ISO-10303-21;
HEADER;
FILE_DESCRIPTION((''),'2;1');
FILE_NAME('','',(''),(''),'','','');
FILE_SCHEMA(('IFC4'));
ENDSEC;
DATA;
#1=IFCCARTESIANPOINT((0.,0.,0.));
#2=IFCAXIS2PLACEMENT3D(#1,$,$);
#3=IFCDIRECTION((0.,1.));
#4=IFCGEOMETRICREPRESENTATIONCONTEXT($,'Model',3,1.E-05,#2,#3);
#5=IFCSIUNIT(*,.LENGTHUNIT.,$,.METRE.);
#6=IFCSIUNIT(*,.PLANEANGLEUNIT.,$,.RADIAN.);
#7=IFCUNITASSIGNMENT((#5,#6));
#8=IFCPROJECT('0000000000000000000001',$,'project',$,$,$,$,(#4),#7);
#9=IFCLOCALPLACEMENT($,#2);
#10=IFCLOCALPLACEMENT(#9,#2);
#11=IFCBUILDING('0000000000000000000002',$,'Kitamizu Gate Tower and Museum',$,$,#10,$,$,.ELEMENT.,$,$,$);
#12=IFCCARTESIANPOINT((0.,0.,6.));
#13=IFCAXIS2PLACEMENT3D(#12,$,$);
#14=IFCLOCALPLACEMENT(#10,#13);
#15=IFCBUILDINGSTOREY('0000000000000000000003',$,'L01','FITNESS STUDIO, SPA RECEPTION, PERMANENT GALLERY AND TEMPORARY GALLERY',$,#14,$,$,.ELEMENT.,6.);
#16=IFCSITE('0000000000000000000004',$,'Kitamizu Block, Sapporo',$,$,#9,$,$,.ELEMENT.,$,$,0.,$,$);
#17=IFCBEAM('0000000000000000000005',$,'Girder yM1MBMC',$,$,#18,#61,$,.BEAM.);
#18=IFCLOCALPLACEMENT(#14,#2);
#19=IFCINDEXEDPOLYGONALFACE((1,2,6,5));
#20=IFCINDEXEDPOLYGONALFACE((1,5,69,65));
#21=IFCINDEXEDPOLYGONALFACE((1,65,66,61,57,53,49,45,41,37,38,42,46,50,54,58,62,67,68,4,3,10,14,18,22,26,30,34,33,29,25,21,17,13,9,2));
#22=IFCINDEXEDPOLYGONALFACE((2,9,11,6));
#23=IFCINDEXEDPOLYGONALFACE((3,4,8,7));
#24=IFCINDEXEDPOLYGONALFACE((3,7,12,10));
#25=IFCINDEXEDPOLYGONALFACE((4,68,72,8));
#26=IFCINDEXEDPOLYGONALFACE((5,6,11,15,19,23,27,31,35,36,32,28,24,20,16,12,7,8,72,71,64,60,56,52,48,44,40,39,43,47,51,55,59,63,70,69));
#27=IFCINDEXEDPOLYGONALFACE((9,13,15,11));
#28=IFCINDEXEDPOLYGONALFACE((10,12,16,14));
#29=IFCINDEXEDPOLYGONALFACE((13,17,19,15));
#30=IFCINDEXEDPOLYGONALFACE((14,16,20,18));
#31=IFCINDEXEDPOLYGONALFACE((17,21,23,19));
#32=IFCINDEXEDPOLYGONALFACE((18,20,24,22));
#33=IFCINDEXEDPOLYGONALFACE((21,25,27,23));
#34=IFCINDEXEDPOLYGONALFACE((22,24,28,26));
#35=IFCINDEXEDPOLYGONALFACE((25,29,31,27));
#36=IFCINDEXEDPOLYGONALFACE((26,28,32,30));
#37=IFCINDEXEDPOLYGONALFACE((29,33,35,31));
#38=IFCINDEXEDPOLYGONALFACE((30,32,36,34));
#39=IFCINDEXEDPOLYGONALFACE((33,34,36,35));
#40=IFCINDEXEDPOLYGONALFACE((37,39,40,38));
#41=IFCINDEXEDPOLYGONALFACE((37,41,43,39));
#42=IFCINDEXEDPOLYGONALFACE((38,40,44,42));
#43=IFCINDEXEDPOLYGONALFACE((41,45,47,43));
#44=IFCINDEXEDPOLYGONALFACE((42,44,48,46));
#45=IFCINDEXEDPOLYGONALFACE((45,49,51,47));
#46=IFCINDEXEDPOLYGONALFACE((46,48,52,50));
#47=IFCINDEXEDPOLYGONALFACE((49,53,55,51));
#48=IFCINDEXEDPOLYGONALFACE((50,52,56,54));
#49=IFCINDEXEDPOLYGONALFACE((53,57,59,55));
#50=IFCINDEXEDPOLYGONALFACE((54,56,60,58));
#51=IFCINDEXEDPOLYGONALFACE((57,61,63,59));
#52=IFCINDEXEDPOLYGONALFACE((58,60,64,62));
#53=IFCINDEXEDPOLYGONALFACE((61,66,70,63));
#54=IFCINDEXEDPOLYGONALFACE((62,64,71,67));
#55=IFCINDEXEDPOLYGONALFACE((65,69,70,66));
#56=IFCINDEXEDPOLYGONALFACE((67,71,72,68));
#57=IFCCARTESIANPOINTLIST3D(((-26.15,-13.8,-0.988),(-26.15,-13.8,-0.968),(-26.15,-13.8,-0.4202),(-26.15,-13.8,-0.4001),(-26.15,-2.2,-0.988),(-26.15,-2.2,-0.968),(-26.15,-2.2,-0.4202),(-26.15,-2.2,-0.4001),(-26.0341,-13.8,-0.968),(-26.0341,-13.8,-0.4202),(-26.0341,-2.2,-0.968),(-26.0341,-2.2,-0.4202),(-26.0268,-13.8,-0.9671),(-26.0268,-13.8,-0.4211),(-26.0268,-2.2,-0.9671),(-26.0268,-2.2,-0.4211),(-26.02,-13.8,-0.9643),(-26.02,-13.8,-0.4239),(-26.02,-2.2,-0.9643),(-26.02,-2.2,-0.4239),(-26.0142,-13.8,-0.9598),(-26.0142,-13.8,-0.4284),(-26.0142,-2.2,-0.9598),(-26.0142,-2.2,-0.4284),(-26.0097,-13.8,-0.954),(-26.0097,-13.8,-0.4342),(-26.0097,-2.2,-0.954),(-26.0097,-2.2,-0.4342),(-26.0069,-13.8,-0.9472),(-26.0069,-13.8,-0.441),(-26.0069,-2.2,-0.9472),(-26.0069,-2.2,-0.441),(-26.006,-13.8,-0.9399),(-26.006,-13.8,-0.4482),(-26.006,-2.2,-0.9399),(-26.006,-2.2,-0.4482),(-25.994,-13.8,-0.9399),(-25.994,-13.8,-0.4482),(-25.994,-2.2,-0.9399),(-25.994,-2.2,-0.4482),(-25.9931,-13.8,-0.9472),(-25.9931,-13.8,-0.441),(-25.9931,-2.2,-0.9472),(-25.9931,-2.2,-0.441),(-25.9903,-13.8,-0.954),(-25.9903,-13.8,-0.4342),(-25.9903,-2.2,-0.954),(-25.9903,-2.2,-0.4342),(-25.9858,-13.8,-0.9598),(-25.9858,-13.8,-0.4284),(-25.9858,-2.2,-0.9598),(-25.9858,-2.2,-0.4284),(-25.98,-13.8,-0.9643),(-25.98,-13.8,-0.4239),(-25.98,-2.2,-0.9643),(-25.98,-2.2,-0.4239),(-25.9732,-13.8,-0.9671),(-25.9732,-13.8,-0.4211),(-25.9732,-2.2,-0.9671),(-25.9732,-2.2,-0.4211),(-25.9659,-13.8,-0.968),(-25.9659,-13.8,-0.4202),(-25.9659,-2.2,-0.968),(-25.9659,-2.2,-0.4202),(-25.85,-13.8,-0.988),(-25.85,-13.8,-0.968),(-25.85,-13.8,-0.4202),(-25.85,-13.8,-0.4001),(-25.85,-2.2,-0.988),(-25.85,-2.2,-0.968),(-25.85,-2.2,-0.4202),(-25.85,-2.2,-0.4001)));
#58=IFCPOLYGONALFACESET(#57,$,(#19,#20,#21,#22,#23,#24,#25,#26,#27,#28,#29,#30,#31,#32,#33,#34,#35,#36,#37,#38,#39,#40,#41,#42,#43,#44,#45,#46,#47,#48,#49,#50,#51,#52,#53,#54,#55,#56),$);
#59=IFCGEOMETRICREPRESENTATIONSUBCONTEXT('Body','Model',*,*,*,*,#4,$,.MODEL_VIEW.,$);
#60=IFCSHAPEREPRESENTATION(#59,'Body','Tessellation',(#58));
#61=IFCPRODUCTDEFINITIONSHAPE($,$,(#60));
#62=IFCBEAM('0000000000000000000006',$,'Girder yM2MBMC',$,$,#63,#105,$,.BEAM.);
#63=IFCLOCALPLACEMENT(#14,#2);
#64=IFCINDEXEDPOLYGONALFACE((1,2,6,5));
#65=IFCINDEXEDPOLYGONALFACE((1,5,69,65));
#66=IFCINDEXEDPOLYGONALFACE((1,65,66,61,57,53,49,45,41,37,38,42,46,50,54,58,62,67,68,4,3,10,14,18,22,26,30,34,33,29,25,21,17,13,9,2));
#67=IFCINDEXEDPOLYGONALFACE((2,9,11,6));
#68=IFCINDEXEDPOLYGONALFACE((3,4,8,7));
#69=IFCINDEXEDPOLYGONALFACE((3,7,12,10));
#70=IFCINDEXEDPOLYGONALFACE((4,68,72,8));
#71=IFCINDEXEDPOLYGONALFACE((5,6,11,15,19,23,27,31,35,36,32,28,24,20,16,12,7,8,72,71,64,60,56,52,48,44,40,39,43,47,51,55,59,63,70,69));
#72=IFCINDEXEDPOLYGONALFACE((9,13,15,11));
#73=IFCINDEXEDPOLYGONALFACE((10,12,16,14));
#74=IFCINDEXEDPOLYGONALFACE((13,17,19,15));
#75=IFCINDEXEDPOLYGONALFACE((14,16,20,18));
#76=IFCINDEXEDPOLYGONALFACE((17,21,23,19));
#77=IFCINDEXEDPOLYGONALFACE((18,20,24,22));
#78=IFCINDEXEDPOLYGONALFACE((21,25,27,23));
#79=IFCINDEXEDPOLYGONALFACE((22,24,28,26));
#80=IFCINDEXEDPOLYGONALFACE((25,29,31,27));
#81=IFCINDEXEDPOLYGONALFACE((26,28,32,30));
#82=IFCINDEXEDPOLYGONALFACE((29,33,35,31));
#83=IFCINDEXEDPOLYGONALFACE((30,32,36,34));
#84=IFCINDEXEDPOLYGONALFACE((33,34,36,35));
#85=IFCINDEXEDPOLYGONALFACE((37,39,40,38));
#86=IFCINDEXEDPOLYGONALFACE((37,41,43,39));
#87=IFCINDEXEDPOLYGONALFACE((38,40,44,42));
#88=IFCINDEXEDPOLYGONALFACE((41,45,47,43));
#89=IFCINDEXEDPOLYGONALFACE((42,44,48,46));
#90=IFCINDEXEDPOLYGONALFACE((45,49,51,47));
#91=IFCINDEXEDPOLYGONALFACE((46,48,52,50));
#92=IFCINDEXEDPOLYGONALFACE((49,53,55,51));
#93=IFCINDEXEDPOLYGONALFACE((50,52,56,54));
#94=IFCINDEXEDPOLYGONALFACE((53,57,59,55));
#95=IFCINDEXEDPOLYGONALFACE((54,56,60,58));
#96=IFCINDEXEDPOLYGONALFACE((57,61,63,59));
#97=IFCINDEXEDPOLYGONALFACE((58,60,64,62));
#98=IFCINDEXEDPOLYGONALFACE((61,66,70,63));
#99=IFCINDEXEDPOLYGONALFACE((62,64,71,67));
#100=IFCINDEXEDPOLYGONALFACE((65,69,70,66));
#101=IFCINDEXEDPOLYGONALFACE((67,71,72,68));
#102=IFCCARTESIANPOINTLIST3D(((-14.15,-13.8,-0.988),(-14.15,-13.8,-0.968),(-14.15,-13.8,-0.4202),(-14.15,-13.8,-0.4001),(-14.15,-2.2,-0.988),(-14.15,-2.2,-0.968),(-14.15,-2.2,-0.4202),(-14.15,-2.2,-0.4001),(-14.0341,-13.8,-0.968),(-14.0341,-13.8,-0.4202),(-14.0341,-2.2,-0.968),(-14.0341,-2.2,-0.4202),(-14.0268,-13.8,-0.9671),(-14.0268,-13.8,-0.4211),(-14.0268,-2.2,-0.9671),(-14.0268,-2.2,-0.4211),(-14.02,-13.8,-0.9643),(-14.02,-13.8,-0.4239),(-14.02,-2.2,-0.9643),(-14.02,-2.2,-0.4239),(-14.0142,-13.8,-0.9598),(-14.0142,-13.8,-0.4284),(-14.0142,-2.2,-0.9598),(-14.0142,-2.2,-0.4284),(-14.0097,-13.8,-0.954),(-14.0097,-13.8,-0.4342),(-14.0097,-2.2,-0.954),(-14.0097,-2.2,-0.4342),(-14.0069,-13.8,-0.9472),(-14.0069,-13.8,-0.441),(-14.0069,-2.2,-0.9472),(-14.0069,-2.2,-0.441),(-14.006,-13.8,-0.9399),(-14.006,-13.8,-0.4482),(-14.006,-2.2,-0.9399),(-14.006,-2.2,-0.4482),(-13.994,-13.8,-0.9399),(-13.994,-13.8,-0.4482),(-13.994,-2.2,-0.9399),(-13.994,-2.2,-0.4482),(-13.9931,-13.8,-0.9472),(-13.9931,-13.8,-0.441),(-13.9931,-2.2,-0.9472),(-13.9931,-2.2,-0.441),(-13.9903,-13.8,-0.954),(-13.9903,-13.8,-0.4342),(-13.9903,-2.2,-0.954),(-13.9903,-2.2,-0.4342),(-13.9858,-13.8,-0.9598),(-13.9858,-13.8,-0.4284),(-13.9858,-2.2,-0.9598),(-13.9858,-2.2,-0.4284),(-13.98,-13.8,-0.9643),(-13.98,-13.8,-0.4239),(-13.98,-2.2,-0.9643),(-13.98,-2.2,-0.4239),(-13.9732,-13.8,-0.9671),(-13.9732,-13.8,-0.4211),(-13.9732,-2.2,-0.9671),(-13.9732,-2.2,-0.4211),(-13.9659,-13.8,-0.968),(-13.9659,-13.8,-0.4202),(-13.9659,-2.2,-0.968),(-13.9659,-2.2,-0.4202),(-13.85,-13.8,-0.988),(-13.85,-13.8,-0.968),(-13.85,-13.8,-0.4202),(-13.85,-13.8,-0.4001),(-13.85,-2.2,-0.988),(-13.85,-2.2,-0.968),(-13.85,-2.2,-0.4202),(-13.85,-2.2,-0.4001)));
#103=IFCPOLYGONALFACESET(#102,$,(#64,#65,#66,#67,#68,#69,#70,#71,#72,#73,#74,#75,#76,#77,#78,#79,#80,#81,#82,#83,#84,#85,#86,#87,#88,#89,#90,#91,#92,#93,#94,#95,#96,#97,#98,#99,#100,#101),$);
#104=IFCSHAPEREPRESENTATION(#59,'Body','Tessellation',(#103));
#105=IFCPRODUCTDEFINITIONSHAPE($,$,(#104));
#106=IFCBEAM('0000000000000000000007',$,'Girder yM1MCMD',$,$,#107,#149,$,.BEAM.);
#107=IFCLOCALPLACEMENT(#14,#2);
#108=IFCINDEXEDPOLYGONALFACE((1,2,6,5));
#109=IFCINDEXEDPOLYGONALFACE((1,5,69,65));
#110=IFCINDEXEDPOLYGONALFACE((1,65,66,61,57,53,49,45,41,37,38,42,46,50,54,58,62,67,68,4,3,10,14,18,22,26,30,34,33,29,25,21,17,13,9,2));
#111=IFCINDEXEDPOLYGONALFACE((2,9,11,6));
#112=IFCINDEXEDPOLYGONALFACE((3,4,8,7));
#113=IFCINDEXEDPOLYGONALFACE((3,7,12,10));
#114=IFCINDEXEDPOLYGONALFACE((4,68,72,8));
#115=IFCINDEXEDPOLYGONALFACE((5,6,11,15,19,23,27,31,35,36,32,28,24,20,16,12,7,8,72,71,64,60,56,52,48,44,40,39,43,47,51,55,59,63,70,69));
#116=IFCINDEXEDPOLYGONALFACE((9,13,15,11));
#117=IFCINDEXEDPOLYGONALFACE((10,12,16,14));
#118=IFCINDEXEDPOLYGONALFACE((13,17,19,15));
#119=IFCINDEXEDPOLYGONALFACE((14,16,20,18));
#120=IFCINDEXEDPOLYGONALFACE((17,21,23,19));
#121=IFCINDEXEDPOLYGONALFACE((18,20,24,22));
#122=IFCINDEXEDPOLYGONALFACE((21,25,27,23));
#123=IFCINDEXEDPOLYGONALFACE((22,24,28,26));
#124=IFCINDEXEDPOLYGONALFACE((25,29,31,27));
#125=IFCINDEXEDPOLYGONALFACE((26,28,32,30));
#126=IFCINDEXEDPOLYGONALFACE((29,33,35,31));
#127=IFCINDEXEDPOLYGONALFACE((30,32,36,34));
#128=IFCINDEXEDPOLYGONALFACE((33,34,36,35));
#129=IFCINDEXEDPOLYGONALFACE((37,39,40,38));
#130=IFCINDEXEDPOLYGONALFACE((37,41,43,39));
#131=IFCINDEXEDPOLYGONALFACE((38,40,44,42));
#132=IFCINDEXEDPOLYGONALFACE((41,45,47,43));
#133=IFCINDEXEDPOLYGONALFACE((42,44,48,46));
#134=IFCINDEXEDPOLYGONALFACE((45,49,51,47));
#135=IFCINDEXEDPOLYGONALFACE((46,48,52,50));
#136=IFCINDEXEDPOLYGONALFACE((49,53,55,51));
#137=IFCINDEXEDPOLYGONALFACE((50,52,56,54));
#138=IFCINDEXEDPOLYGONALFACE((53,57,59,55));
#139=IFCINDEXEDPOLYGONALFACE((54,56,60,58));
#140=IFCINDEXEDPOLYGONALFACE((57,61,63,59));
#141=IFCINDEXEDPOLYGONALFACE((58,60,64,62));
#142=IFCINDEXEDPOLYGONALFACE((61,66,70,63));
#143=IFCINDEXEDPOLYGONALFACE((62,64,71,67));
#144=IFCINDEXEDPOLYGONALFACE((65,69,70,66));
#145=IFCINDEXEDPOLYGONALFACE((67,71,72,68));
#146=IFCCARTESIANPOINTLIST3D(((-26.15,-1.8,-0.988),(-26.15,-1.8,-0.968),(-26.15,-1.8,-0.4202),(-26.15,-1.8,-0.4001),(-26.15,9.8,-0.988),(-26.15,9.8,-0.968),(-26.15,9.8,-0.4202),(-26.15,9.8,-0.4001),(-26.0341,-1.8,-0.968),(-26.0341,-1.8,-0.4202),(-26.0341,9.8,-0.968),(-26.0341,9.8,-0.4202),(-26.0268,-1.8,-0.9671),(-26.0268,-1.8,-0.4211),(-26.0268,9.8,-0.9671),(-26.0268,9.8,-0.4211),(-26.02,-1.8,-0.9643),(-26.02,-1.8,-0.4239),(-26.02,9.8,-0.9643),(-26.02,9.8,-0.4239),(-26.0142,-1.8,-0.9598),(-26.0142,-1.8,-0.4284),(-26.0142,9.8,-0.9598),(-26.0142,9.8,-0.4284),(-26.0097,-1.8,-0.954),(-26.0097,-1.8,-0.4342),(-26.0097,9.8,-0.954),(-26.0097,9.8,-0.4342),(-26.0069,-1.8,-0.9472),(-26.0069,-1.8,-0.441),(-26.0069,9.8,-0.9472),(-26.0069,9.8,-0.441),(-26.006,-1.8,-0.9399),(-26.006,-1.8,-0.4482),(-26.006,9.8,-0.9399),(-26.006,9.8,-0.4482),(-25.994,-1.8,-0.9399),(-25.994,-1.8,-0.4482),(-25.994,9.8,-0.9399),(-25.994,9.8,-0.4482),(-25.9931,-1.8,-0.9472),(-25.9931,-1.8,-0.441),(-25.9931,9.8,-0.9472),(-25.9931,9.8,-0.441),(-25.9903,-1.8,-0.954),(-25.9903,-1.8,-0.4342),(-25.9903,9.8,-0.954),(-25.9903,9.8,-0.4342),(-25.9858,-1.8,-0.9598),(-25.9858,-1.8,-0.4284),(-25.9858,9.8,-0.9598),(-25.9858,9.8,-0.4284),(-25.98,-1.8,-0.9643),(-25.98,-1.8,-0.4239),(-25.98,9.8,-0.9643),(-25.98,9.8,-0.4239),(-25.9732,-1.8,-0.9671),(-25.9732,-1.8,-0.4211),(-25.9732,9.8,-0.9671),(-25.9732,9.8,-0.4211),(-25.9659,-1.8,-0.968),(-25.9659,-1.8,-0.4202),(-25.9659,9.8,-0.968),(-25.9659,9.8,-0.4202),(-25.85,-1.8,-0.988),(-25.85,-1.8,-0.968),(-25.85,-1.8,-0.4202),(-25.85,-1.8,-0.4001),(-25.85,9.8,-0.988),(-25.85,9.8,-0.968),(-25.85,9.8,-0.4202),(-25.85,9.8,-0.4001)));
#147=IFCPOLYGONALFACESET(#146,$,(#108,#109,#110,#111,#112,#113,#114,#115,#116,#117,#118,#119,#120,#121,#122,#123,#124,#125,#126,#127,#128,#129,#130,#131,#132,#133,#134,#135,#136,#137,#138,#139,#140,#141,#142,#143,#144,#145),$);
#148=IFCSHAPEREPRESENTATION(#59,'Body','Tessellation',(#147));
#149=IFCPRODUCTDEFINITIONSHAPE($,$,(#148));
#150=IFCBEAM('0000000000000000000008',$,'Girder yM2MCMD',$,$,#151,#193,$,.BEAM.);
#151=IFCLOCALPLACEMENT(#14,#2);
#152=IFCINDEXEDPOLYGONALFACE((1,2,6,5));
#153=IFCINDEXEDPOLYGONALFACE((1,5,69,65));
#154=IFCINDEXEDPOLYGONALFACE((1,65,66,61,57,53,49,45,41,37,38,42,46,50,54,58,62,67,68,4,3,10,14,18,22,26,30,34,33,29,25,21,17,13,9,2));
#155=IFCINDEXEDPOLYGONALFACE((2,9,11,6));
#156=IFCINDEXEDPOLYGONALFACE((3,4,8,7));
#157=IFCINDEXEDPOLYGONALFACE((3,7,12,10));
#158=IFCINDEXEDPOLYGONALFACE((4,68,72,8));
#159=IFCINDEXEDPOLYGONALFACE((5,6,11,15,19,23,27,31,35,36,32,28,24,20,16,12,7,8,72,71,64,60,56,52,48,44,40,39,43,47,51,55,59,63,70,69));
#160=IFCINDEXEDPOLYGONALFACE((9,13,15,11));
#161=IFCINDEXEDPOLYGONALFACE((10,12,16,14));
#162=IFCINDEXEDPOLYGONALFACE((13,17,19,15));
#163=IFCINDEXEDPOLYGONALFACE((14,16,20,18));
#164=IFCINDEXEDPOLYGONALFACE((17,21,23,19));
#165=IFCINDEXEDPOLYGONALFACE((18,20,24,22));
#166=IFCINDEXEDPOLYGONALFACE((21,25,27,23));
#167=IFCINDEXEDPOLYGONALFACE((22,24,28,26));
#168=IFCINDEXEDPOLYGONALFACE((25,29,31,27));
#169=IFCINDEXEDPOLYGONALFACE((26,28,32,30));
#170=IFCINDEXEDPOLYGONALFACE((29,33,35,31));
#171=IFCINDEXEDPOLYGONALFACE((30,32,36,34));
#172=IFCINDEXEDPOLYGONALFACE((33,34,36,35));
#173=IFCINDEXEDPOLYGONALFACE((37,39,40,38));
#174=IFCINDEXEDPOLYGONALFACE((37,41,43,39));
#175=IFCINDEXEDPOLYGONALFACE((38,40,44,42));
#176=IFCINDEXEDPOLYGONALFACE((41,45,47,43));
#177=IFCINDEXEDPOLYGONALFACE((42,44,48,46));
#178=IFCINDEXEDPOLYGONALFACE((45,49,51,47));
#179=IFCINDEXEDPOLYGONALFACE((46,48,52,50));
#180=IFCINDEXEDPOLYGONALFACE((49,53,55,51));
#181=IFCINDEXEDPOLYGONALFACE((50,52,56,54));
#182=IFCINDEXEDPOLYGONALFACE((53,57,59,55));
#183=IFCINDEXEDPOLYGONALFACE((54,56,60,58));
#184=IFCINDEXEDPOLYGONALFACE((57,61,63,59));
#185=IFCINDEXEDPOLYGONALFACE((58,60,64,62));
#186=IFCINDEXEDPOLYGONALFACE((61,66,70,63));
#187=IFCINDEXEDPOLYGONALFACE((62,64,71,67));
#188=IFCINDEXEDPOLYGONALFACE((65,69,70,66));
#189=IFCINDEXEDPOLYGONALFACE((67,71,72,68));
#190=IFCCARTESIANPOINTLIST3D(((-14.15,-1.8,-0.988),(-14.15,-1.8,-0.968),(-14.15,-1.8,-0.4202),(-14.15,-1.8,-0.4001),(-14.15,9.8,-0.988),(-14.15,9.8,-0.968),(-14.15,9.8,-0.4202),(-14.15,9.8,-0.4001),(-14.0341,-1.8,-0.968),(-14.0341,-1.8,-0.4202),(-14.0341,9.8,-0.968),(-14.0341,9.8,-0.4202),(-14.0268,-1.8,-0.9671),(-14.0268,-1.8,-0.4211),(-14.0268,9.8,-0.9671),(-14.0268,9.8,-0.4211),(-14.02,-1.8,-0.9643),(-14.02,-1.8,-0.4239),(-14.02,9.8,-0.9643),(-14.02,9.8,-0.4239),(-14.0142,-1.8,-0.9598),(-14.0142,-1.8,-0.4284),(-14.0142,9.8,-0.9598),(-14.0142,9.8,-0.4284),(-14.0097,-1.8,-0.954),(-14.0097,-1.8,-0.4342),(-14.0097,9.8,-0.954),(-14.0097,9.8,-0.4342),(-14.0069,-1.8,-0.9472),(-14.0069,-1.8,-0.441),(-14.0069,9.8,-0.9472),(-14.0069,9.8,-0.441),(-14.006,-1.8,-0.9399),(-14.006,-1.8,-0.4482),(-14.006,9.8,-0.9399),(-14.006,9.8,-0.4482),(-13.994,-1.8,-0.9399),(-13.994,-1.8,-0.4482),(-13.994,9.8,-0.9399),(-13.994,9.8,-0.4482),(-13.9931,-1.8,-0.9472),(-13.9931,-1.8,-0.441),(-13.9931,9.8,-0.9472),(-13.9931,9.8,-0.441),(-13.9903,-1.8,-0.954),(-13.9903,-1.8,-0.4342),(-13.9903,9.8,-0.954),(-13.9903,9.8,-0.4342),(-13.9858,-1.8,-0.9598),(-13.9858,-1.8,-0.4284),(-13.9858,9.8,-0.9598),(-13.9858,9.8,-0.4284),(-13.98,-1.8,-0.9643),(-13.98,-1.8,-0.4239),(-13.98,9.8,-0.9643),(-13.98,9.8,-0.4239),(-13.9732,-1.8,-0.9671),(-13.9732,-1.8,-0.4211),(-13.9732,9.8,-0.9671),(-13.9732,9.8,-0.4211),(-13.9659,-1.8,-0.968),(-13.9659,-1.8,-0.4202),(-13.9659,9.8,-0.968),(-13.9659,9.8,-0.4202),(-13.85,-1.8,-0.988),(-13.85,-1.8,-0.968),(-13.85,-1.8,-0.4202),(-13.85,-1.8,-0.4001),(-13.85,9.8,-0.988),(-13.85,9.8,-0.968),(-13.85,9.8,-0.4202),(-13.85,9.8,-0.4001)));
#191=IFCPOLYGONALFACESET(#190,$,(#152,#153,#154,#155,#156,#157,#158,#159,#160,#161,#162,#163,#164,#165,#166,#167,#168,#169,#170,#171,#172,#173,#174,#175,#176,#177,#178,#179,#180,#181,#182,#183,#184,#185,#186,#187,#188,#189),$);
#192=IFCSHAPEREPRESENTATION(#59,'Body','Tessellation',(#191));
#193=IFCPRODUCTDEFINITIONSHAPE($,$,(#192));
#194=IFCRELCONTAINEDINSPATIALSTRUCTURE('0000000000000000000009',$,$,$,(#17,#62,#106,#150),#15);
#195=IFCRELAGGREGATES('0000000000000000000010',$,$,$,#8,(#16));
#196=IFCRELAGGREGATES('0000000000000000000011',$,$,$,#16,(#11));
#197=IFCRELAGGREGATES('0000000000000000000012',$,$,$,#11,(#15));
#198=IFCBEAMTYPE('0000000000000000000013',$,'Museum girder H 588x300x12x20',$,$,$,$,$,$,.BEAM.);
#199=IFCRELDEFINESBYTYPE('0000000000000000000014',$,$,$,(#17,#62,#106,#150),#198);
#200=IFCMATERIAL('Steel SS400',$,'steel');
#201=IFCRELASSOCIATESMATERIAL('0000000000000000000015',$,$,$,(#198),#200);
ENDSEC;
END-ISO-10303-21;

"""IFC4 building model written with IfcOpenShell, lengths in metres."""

from ifc_helpers import new_model, si_unit, direction, frame, origin, origin_2d, place, context, subcontext, project, spatial, i_section, extrude, material, material_profile, profile_set, type_object, element, save


model = new_model("IFC4")

# Units and contexts
model_context = context("Model", 3, precision=1e-05, world=origin(), true_north=direction((0.0, 1.0)))
body_context = subcontext(model_context, "Body", "Model", "MODEL_VIEW")
ifc_project = project(units=[si_unit("LENGTHUNIT", "METRE"), si_unit("PLANEANGLEUNIT", "RADIAN")], contexts=[model_context])

# Site, building, storey
site_placement = place(None, origin())
site = spatial("IfcSite", under=ifc_project, at=site_placement, Name="Kitamizu Block, Sapporo", CompositionType="ELEMENT", RefElevation=0.0)
building_placement = place(site_placement, origin())
building = spatial("IfcBuilding", under=site, at=building_placement, Name="Kitamizu Gate Tower and Museum", CompositionType="ELEMENT")
storey_placement = place(building_placement, frame((0.0, 0.0, 6.0)))
storey = spatial("IfcBuildingStorey", under=building, at=storey_placement, Name="L01", Description="FITNESS STUDIO, SPA RECEPTION, PERMANENT GALLERY AND TEMPORARY GALLERY", CompositionType="ELEMENT", Elevation=6.0)

# Beams
ifc_material_1 = material(Name="Steel SS400", Category="steel")
ifc_material_profile_1 = material_profile(ifc_material_1, i_section(OverallWidth=0.3, OverallDepth=0.5879, WebThickness=0.012, FlangeThickness=0.02, FilletRadius=0.0281, at=origin_2d()), Name="H-588x300x12x20")
ifc_profile_set_1 = profile_set([ifc_material_profile_1], Name="Steel SS400")
beam_type_1 = type_object("IfcBeamType", Name="Museum girder H 588x300x12x20", PredefinedType="BEAM", material=ifc_profile_set_1)
for number, where, z_axis, x_axis, name in (
    (1, (-26.0, -13.8, -0.6941), (0.0, 1.0, 0.0), (-1.0, 0.0, 0.0), "Girder yM1MBMC"),
    (2, (-14.0, -13.8, -0.6941), (0.0, 1.0, 0.0), (-1.0, 0.0, 0.0), "Girder yM2MBMC"),
    (3, (-26.0, -1.8, -0.6941), (0.0, 1.0, 0.0), (-1.0, 0.0, 0.0), "Girder yM1MCMD"),
    (4, (-14.0, -1.8, -0.6941), (0.0, 1.0, 0.0), (-1.0, 0.0, 0.0), "Girder yM2MCMD"),
):
    element("IfcBeam", number, at=place(storey_placement, frame(where, z_axis=z_axis, x_axis=x_axis)), inside=storey, type_object=beam_type_1, Name=name, PredefinedType="BEAM", context=body_context, shape_type="SweptSolid", body=[
        extrude(i_section(OverallWidth=0.3, OverallDepth=0.5879, WebThickness=0.012, FlangeThickness=0.02, FilletRadius=0.0281, at=origin_2d()), origin(), (0.0, 0.0, 1.0), 11.6001),
    ])

save(model, "model.ifc")
